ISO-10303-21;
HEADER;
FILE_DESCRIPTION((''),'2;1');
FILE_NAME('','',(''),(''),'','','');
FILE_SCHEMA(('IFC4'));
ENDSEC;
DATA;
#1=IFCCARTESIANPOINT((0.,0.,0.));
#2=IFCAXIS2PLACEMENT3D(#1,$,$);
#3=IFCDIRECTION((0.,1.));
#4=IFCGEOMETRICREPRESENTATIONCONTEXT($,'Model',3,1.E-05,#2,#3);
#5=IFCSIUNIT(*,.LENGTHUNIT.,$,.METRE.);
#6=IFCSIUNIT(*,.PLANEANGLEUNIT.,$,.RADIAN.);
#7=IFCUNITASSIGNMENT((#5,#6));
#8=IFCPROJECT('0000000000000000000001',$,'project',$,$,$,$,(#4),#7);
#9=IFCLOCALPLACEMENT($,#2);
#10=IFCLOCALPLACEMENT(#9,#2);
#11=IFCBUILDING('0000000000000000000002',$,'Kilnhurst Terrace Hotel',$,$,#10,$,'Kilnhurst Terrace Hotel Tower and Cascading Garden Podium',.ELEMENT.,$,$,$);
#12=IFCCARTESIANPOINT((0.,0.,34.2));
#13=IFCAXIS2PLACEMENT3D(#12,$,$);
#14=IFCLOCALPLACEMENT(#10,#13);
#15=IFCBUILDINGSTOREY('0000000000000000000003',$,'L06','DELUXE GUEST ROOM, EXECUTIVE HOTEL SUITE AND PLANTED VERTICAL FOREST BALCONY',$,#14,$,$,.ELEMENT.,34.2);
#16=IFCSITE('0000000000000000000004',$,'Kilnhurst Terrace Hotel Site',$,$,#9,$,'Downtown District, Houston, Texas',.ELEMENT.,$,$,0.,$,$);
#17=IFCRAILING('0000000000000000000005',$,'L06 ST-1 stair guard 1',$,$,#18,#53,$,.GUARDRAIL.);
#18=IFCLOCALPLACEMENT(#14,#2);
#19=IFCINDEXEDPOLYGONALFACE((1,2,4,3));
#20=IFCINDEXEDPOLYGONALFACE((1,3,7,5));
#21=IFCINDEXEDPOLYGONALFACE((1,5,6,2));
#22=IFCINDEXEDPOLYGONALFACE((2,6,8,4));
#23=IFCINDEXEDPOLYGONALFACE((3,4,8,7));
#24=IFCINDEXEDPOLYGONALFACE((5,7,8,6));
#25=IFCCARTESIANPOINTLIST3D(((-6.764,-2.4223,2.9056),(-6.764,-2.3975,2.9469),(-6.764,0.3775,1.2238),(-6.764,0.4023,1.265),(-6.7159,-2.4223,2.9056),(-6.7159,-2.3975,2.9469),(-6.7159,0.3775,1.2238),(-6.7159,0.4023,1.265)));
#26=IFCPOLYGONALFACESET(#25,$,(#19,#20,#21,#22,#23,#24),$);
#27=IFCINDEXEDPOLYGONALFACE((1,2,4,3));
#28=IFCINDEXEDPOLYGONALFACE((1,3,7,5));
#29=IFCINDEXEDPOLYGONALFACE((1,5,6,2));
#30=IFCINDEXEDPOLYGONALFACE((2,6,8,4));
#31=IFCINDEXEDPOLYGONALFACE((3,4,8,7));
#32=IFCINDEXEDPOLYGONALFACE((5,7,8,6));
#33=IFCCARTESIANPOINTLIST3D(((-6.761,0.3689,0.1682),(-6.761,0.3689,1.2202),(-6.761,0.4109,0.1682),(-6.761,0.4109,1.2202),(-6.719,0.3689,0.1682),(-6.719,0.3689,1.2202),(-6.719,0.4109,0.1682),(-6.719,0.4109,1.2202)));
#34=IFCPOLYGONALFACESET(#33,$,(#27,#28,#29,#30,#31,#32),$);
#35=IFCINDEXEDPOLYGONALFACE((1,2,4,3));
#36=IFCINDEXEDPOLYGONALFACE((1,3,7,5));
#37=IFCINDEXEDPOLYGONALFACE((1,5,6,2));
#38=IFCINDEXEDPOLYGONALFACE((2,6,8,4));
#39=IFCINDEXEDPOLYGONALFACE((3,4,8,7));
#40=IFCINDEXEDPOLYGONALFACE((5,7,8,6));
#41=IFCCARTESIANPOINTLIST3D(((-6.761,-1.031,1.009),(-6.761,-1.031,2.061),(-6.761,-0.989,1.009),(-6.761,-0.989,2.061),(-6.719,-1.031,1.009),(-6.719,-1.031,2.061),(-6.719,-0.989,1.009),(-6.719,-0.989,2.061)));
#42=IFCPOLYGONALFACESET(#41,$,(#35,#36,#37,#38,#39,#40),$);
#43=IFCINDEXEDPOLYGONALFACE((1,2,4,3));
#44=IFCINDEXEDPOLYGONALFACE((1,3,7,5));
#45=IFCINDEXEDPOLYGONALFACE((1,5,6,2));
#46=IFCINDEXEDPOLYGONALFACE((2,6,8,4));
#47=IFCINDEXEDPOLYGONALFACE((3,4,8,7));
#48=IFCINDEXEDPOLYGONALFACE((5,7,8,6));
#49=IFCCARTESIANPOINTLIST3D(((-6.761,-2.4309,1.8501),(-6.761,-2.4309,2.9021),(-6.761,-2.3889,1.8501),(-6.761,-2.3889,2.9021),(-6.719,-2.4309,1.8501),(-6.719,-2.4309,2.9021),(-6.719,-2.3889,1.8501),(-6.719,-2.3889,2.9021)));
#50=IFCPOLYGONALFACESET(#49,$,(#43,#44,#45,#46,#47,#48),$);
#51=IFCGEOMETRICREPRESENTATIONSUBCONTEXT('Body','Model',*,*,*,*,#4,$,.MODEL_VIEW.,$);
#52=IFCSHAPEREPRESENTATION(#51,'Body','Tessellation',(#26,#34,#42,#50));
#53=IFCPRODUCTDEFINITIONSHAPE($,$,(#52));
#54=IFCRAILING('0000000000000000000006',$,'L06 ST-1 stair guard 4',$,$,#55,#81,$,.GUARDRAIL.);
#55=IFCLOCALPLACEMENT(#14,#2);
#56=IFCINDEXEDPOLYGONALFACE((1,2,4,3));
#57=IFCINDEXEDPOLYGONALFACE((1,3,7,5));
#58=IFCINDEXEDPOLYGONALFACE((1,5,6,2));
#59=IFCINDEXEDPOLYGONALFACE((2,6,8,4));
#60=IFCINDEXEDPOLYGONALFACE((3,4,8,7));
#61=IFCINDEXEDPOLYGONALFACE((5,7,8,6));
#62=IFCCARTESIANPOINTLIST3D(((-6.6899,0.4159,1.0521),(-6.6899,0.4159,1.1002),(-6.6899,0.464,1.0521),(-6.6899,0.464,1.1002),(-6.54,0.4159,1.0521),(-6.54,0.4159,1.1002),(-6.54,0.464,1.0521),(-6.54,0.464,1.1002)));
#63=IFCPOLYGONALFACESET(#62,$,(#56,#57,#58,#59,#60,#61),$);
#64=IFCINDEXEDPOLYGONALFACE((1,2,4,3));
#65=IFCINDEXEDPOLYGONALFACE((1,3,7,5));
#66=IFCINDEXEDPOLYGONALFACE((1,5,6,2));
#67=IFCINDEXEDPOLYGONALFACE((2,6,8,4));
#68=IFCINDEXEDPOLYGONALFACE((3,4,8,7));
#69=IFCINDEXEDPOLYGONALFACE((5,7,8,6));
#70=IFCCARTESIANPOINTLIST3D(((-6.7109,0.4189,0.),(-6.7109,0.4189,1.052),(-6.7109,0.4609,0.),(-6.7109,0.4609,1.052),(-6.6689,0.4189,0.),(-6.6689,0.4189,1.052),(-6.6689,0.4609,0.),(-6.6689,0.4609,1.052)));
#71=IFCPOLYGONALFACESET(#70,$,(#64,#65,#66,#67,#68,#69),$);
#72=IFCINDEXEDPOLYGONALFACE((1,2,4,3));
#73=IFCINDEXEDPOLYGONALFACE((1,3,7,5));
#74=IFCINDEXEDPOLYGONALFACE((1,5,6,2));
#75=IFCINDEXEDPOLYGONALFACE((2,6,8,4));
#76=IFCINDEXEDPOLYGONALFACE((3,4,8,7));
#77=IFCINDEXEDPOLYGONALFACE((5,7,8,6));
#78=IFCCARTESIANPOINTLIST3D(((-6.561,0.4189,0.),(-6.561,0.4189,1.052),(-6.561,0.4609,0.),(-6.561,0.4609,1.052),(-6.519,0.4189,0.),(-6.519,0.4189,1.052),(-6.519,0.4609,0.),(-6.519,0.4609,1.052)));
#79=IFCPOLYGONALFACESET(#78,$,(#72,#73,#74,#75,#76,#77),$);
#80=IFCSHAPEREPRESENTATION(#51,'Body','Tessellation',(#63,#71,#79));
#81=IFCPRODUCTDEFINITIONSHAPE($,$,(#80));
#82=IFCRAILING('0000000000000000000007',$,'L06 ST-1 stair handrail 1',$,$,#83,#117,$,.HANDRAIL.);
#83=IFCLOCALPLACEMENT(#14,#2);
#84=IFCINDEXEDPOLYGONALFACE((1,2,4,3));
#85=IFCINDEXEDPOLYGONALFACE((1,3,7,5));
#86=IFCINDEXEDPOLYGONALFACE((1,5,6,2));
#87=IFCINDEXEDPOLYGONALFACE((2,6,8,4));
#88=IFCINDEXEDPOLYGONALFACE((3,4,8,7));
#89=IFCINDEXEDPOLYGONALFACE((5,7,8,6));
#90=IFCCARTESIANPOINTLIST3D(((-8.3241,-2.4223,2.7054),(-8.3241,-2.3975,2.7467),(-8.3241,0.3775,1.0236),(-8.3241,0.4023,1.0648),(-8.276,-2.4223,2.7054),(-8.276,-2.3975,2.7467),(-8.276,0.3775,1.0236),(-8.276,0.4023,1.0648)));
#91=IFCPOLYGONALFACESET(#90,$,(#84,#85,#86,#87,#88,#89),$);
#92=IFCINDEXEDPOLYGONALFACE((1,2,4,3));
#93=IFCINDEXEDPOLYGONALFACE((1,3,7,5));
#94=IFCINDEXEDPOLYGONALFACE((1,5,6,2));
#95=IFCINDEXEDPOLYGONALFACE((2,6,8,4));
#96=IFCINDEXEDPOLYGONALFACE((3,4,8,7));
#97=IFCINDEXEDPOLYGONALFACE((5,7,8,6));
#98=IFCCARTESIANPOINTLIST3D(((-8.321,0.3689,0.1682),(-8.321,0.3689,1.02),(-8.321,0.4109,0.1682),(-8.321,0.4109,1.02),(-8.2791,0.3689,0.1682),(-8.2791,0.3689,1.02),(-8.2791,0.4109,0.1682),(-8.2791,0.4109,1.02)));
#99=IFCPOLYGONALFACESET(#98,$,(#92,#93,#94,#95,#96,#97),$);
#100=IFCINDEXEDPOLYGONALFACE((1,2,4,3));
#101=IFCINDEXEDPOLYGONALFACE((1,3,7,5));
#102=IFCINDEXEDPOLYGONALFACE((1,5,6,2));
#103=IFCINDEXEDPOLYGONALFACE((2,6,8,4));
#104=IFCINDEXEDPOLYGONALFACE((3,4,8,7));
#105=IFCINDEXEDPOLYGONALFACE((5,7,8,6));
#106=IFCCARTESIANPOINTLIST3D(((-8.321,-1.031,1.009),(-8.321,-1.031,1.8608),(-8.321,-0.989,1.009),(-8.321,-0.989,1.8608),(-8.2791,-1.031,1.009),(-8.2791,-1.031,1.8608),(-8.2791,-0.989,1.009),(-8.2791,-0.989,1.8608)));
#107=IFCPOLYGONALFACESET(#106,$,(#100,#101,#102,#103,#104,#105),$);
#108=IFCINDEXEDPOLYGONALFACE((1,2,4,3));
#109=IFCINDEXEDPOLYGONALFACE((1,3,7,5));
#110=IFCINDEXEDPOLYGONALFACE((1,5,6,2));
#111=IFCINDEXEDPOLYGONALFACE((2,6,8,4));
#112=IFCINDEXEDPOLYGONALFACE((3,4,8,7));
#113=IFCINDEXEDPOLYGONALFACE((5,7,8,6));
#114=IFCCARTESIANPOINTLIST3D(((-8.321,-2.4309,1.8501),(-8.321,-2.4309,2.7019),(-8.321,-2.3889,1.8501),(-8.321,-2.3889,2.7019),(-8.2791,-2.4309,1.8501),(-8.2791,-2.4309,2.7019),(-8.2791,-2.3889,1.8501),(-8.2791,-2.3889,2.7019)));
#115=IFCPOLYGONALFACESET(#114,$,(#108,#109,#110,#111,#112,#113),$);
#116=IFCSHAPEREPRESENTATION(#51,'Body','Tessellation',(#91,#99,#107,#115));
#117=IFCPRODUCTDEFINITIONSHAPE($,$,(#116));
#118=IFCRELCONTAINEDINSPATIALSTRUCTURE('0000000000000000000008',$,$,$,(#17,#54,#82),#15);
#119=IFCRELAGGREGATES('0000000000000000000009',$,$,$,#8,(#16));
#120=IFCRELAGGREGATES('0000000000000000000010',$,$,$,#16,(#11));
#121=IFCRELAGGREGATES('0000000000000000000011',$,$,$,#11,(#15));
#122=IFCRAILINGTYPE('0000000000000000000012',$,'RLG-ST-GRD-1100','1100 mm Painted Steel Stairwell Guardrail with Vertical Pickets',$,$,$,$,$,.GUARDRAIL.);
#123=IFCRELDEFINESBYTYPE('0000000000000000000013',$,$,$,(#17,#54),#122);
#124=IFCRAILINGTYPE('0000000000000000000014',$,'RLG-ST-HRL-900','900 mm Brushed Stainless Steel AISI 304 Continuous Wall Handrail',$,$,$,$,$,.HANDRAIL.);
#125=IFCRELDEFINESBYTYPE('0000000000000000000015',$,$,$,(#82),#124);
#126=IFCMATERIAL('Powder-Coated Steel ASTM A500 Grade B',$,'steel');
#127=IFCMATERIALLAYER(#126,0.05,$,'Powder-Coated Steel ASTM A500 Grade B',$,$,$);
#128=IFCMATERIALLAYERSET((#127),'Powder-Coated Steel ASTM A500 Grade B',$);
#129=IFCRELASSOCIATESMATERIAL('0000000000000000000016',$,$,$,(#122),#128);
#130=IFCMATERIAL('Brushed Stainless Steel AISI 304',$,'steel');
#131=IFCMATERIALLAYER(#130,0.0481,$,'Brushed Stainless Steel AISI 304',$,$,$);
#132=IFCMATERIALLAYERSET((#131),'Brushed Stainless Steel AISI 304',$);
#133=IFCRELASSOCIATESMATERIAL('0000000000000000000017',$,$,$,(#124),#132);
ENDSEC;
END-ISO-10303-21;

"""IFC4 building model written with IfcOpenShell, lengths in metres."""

from ifc_helpers import new_model, si_unit, direction, frame, origin, origin_2d, place, context, subcontext, project, spatial, rectangle, extrude, material, layer, layer_set, type_object, element, save


model = new_model("IFC4")

# Units and contexts
model_context = context("Model", 3, precision=1e-05, world=origin(), true_north=direction((0.0, 1.0)))
body_context = subcontext(model_context, "Body", "Model", "MODEL_VIEW")
ifc_project = project(units=[si_unit("LENGTHUNIT", "METRE"), si_unit("PLANEANGLEUNIT", "RADIAN")], contexts=[model_context])

# Site, building, storey
site_placement = place(None, origin())
site = spatial("IfcSite", under=ifc_project, at=site_placement, Name="Kilnhurst Terrace Hotel Site", LongName="Downtown District, Houston, Texas", CompositionType="ELEMENT", RefElevation=0.0)
building_placement = place(site_placement, origin())
building = spatial("IfcBuilding", under=site, at=building_placement, Name="Kilnhurst Terrace Hotel", LongName="Kilnhurst Terrace Hotel Tower and Cascading Garden Podium", CompositionType="ELEMENT")
storey_placement = place(building_placement, frame((0.0, 0.0, 34.2)))
storey = spatial("IfcBuildingStorey", under=building, at=storey_placement, Name="L06", Description="DELUXE GUEST ROOM, EXECUTIVE HOTEL SUITE AND PLANTED VERTICAL FOREST BALCONY", CompositionType="ELEMENT", Elevation=34.2)

# Railings
ifc_material_1 = material(Name="Powder-Coated Steel ASTM A500 Grade B", Category="steel")
ifc_layer_1 = layer(ifc_material_1, 0.05, Name="Powder-Coated Steel ASTM A500 Grade B")
ifc_layer_set_1 = layer_set([ifc_layer_1], Name="Powder-Coated Steel ASTM A500 Grade B")
railing_type_1 = type_object("IfcRailingType", Name="RLG-ST-GRD-1100", Description="1100 mm Painted Steel Stairwell Guardrail with Vertical Pickets", PredefinedType="GUARDRAIL", material=ifc_layer_set_1)
railing_1_placement = place(storey_placement, frame((-6.74, 0.3899, 0.1682)))
element("IfcRailing", 1, at=railing_1_placement, inside=storey, type_object=railing_type_1, Name="L06 ST-1 stair guard 1", PredefinedType="GUARDRAIL", context=body_context, shape_type="SweptSolid", body=[
    extrude(rectangle(XDim=0.0481, YDim=0.0481, at=origin_2d()), frame((0.0, 0.0, 1.0762), z_axis=(0.0, -0.857222, 0.514946), x_axis=(1.0, 0.0, 0.0)), (0.0, 0.0, 1.0), 3.2661),
    extrude(rectangle(XDim=0.042, YDim=0.042, at=origin_2d()), origin(), (0.0, 0.0, 1.0), 1.052),
    extrude(rectangle(XDim=0.042, YDim=0.042, at=origin_2d()), frame((0.0, -1.3999, 0.8408)), (0.0, 0.0, 1.0), 1.052),
    extrude(rectangle(XDim=0.042, YDim=0.042, at=origin_2d()), frame((0.0, -2.7998, 1.6819)), (0.0, 0.0, 1.0), 1.052),
])
railing_2_placement = place(storey_placement, frame((-6.6899, 0.4399, 0.0)))
element("IfcRailing", 2, at=railing_2_placement, inside=storey, type_object=railing_type_1, Name="L06 ST-1 stair guard 4", PredefinedType="GUARDRAIL", context=body_context, shape_type="SweptSolid", body=[
    extrude(rectangle(XDim=0.0481, YDim=0.0481, at=origin_2d()), frame((0.0, 0.0, 1.0762), z_axis=(1.0, 0.0, 0.0), x_axis=(0.0, 1.0, 0.0)), (0.0, 0.0, 1.0), 0.1499),
    extrude(rectangle(XDim=0.042, YDim=0.042, at=origin_2d()), origin(), (0.0, 0.0, 1.0), 1.052),
    extrude(rectangle(XDim=0.042, YDim=0.042, at=origin_2d()), frame((0.1499, 0.0, 0.0)), (0.0, 0.0, 1.0), 1.052),
])
ifc_material_2 = material(Name="Brushed Stainless Steel AISI 304", Category="steel")
ifc_layer_2 = layer(ifc_material_2, 0.0481, Name="Brushed Stainless Steel AISI 304")
ifc_layer_set_2 = layer_set([ifc_layer_2], Name="Brushed Stainless Steel AISI 304")
railing_type_2 = type_object("IfcRailingType", Name="RLG-ST-HRL-900", Description="900 mm Brushed Stainless Steel AISI 304 Continuous Wall Handrail", PredefinedType="HANDRAIL", material=ifc_layer_set_2)
railing_3_placement = place(storey_placement, frame((-8.3, 0.3899, 0.1682)))
element("IfcRailing", 3, at=railing_3_placement, inside=storey, type_object=railing_type_2, Name="L06 ST-1 stair handrail 1", PredefinedType="HANDRAIL", context=body_context, shape_type="SweptSolid", body=[
    extrude(rectangle(XDim=0.0481, YDim=0.0481, at=origin_2d()), frame((0.0, 0.0, 0.876), z_axis=(0.0, -0.857222, 0.514946), x_axis=(1.0, 0.0, 0.0)), (0.0, 0.0, 1.0), 3.2661),
    extrude(rectangle(XDim=0.042, YDim=0.042, at=origin_2d()), origin(), (0.0, 0.0, 1.0), 0.8518),
    extrude(rectangle(XDim=0.042, YDim=0.042, at=origin_2d()), frame((0.0, -1.3999, 0.8408)), (0.0, 0.0, 1.0), 0.8518),
    extrude(rectangle(XDim=0.042, YDim=0.042, at=origin_2d()), frame((0.0, -2.7998, 1.6819)), (0.0, 0.0, 1.0), 0.8518),
])

save(model, "model.ifc")
